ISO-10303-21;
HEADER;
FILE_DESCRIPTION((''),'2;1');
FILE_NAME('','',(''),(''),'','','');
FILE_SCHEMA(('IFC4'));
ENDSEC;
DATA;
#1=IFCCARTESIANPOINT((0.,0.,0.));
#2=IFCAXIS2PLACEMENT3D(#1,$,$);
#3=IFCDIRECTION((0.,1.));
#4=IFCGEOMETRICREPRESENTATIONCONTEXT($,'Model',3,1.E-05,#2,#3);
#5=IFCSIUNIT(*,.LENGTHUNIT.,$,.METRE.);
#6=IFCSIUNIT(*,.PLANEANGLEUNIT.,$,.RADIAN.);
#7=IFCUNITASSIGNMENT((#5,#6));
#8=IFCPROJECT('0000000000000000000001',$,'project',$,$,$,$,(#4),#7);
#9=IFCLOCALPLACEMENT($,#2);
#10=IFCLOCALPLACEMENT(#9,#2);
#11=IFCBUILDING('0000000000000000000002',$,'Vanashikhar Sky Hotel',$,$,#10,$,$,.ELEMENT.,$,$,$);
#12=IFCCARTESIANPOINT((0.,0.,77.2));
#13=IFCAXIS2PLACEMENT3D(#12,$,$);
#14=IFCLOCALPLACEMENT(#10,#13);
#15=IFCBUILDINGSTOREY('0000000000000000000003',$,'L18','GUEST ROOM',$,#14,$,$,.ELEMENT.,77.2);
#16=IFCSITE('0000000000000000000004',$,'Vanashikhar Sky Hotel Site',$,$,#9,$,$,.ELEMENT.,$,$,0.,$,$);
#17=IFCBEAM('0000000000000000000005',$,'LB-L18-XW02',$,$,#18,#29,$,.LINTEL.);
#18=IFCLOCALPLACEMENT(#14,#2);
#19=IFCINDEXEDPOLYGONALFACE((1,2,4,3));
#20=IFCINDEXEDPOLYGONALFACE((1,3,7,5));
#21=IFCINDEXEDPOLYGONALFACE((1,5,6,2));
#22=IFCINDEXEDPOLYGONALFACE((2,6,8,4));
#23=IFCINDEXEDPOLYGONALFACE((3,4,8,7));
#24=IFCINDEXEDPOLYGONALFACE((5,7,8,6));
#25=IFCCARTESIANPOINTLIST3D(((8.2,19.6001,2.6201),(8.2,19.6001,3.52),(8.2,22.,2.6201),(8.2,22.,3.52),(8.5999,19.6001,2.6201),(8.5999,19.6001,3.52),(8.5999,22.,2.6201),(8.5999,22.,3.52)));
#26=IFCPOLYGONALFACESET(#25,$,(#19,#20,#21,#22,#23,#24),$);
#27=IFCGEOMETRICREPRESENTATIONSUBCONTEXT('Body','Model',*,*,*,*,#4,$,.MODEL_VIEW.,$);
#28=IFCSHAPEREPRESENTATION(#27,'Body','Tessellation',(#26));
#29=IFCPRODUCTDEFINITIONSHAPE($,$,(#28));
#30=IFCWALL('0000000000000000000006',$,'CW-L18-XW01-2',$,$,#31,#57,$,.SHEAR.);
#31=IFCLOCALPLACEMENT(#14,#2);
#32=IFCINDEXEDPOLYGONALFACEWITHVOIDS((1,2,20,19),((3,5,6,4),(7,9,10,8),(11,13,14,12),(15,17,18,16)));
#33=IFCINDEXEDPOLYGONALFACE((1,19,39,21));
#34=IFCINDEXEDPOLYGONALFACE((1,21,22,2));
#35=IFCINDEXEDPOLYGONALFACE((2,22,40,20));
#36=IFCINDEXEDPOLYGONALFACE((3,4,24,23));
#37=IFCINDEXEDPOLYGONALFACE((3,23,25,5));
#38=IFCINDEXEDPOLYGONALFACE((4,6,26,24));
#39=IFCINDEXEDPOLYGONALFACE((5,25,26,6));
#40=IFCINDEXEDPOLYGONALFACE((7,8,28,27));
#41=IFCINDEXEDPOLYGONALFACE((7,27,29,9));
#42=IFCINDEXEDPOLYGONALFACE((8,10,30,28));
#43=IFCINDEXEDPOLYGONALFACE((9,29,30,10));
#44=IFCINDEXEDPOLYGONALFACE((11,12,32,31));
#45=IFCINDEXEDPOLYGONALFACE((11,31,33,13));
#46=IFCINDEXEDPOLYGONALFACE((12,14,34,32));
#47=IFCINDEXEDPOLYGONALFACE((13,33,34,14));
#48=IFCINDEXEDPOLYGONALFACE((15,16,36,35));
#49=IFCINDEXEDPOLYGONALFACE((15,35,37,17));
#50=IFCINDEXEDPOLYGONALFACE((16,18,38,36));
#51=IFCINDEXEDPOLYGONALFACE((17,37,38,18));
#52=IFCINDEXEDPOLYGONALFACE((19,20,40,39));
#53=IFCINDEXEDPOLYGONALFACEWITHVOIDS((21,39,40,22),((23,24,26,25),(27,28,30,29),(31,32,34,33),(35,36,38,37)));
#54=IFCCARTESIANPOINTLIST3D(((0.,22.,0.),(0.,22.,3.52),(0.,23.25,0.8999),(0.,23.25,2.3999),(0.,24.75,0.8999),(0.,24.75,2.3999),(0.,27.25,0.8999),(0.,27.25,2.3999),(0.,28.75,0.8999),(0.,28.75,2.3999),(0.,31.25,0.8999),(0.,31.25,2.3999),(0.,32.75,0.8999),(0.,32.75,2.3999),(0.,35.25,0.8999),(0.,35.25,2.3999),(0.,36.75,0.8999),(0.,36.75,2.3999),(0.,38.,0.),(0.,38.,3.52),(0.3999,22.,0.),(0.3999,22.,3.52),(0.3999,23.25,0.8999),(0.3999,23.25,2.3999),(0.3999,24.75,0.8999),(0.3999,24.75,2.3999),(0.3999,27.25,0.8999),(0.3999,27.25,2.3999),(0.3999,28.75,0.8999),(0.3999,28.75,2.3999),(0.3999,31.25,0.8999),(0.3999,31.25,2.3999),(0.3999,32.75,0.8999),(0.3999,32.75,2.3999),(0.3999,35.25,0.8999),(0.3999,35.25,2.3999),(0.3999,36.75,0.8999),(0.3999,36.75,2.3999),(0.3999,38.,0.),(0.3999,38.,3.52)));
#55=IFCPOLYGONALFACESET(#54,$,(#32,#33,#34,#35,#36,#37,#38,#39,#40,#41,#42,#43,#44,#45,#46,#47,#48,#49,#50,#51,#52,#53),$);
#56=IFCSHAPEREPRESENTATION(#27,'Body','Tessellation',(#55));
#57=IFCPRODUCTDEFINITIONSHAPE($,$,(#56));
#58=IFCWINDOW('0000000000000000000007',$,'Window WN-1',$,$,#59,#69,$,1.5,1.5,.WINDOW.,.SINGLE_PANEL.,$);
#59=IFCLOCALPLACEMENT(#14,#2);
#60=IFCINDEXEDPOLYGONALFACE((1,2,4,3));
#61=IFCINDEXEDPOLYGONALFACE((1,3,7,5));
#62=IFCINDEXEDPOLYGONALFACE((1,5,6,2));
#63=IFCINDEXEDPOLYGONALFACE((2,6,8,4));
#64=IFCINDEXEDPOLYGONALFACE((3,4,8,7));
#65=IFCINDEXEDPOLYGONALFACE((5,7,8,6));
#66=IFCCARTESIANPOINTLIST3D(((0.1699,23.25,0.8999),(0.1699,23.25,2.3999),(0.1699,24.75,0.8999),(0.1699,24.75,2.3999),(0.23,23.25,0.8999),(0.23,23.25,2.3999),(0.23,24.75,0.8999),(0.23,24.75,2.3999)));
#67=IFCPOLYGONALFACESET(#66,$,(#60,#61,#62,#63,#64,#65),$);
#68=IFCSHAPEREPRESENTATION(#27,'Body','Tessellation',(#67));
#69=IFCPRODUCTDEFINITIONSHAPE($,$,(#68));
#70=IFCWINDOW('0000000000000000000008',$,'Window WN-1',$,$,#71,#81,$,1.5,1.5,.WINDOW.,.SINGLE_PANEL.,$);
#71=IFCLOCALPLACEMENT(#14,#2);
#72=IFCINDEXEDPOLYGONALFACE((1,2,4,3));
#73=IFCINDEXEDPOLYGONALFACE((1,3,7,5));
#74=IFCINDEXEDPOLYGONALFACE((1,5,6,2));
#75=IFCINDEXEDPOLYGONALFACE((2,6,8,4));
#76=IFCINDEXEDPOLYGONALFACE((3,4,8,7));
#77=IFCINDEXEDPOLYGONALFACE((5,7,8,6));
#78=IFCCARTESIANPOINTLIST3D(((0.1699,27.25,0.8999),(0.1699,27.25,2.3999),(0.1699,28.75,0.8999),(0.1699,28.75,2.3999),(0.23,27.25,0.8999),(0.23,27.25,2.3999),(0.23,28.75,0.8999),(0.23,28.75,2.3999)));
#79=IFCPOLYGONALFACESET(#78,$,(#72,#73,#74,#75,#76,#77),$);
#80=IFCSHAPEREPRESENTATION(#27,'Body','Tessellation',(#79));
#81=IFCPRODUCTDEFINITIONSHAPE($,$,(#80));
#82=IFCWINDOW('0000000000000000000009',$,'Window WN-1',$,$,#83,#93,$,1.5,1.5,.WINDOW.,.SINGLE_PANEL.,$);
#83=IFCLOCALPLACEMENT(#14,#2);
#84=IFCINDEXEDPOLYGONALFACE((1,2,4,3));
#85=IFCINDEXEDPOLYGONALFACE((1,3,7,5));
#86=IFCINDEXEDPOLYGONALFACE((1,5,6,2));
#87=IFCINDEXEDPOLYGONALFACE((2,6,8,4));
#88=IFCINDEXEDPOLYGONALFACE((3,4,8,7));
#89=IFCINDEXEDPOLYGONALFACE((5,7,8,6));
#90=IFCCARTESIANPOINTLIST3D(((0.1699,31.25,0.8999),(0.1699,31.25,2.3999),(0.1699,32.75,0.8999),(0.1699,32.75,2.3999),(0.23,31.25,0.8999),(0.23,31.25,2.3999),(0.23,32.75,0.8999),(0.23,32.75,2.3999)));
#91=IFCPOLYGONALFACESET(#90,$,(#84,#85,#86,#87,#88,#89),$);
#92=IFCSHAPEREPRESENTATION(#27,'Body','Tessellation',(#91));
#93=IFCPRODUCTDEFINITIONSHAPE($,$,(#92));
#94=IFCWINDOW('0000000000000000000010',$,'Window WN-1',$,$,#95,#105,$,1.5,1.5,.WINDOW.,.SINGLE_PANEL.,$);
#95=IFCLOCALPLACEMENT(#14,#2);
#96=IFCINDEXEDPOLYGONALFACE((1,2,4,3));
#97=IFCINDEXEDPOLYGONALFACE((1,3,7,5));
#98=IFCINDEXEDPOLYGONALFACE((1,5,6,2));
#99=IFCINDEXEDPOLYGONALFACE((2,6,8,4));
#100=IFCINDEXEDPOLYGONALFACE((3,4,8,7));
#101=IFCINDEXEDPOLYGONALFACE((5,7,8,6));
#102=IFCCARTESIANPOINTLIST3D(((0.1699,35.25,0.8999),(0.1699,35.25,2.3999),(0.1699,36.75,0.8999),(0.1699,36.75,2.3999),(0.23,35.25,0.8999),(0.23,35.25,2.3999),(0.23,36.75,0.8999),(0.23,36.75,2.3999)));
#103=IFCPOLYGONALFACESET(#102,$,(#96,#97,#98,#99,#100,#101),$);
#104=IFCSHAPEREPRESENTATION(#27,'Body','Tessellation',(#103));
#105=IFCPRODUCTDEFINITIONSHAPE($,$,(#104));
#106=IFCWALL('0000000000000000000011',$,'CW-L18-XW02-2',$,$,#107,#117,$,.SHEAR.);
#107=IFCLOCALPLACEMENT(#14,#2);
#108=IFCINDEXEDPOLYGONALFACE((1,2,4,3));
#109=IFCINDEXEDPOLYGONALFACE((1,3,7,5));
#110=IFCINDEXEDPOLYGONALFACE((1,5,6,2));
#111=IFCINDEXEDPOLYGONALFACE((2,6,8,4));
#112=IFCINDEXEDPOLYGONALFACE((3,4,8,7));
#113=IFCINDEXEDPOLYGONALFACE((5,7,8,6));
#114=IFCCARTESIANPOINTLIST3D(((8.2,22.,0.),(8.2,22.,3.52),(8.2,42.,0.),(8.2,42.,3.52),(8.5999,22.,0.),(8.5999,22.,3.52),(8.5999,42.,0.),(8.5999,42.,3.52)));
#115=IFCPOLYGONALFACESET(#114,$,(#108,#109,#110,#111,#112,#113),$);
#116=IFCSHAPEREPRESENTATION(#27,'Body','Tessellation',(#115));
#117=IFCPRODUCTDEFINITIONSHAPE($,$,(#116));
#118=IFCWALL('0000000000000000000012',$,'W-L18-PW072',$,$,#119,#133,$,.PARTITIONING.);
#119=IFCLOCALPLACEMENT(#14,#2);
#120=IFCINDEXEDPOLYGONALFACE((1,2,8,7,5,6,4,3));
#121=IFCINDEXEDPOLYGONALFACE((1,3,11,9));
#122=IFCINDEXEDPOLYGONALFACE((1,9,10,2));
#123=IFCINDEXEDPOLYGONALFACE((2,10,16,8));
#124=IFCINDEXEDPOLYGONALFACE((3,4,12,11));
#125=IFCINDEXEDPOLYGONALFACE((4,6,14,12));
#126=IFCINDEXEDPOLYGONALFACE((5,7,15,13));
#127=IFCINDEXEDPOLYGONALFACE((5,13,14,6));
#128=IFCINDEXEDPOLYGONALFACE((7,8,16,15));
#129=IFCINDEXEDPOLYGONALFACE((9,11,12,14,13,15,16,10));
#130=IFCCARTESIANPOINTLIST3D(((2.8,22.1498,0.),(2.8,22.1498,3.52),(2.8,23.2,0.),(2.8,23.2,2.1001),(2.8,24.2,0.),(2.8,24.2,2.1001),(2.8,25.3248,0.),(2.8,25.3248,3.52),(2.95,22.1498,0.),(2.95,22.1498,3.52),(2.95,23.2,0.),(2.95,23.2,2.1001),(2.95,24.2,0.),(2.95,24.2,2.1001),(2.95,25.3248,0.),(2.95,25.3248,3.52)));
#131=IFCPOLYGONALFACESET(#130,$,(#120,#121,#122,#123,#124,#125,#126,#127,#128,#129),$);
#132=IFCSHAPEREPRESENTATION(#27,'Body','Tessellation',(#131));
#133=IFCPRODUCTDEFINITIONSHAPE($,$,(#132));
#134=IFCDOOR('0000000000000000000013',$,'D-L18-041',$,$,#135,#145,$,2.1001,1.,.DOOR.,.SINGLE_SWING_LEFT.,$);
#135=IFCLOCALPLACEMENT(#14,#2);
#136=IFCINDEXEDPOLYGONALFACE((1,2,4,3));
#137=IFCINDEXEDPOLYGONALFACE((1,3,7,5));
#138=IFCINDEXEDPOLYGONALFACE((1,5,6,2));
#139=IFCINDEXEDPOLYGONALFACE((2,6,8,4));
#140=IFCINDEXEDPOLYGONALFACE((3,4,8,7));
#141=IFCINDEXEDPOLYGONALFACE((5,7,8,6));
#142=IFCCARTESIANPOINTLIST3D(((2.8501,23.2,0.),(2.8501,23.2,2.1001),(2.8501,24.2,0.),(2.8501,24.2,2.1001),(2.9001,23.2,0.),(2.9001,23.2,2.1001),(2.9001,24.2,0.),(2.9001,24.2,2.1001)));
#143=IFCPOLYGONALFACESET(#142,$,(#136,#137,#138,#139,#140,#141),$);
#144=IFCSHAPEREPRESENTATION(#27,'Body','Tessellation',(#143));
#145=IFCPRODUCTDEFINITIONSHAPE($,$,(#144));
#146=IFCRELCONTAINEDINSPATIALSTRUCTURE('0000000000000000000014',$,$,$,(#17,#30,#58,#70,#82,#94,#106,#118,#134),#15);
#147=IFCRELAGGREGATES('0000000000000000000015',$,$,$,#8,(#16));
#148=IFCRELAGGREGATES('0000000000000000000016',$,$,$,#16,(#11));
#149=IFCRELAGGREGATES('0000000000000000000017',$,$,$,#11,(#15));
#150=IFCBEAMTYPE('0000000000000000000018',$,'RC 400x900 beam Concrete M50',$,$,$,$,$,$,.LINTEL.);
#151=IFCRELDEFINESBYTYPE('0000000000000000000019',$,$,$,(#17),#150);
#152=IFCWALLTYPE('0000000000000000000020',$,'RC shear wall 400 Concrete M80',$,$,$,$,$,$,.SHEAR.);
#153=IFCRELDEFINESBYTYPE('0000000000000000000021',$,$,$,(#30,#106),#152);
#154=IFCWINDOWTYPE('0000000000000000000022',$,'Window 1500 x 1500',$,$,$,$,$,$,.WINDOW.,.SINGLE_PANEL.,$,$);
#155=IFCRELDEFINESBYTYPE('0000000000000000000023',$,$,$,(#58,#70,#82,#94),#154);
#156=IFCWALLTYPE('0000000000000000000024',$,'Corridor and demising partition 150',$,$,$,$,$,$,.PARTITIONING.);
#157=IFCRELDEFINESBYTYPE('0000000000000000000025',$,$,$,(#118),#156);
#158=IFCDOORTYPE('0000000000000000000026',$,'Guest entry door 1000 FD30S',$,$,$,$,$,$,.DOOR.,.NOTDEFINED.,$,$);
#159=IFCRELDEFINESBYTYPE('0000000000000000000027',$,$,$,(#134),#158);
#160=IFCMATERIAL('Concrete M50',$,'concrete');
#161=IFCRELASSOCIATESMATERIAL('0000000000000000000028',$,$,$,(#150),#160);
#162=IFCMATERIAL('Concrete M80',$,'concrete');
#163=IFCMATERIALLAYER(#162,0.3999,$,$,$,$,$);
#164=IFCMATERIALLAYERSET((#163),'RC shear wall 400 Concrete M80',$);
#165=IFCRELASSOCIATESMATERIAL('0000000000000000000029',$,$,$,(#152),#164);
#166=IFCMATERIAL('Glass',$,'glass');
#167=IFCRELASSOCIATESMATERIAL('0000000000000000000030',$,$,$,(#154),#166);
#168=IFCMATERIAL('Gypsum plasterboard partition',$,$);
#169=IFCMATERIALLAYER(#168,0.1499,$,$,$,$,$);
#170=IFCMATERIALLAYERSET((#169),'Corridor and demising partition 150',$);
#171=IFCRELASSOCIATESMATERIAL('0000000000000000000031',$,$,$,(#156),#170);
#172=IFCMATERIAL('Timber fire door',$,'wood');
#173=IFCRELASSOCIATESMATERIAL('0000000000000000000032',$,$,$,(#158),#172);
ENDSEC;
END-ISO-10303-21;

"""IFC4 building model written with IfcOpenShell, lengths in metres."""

from ifc_helpers import new_model, si_unit, direction, frame, frame_2d, origin, origin_2d, place, context, subcontext, project, spatial, rectangle, extrude, source, transform, mapped, material, layer, layer_set, material_profile, profile_set, type_object, element, fill, save


model = new_model("IFC4")

# Units and contexts
model_context = context("Model", 3, precision=1e-05, world=origin(), true_north=direction((0.0, 1.0)))
body_context = subcontext(model_context, "Body", "Model", "MODEL_VIEW")
ifc_project = project(units=[si_unit("LENGTHUNIT", "METRE"), si_unit("PLANEANGLEUNIT", "RADIAN")], contexts=[model_context])

# Site, building, storey
site_placement = place(None, origin())
site = spatial("IfcSite", under=ifc_project, at=site_placement, Name="Vanashikhar Sky Hotel Site", CompositionType="ELEMENT", RefElevation=0.0)
building_placement = place(site_placement, origin())
building = spatial("IfcBuilding", under=site, at=building_placement, Name="Vanashikhar Sky Hotel", CompositionType="ELEMENT")
storey_placement = place(building_placement, frame((0.0, 0.0, 77.2)))
storey = spatial("IfcBuildingStorey", under=building, at=storey_placement, Name="L18", Description="GUEST ROOM", CompositionType="ELEMENT", Elevation=77.2)

# Beam
ifc_material_1 = material(Name="Concrete M50", Category="concrete")
ifc_material_profile = material_profile(ifc_material_1, rectangle(XDim=0.3999, YDim=0.8999, at=origin_2d()))
ifc_profile_set = profile_set([ifc_material_profile], Name="RC 400x900 beam Concrete M50")
beam_type = type_object("IfcBeamType", Name="RC 400x900 beam Concrete M50", PredefinedType="LINTEL", material=ifc_profile_set)
shared_shape_1 = source(origin(), body_context, "Body", "SweptSolid", [
    extrude(rectangle(XDim=0.3999, YDim=0.8999, at=origin_2d()), origin(), (0.0, 0.0, 1.0), 2.3999),
])
beam_placement = place(storey_placement, frame((8.3999, 19.6001, 3.0701), z_axis=(0.0, 1.0, 0.0), x_axis=(-1.0, 0.0, 0.0)))
element("IfcBeam", 1, at=beam_placement, inside=storey, type_object=beam_type, Name="LB-L18-XW02", PredefinedType="LINTEL", context=body_context, shape_type="MappedRepresentation", body=[
    mapped(shared_shape_1, transform((0.0, 0.0, 0.0), scale=1.0)),
])

# Wall, openings, windows
ifc_material_2 = material(Name="Concrete M80", Category="concrete")
ifc_layer_1 = layer(ifc_material_2, 0.3999)
ifc_layer_set_1 = layer_set([ifc_layer_1], Name="RC shear wall 400 Concrete M80")
wall_type_1 = type_object("IfcWallType", Name="RC shear wall 400 Concrete M80", PredefinedType="SHEAR", material=ifc_layer_set_1)
shared_shape_2 = source(origin(), body_context, "Body", "SweptSolid", [
    extrude(rectangle(XDim=16.0, YDim=0.3999, at=frame_2d((8.0, 0.0))), origin(), (0.0, 0.0, 1.0), 3.52),
])
wall_1_placement = place(storey_placement, frame((0.2, 22.0, 0.0), z_axis=(0.0, 0.0, 1.0), x_axis=(0.0, 1.0, 0.0)))
wall_1 = element("IfcWall", 2, at=wall_1_placement, inside=storey, type_object=wall_type_1, Name="CW-L18-XW01-2", PredefinedType="SHEAR", context=body_context, shape_type="MappedRepresentation", body=[
    mapped(shared_shape_2, transform((0.0, 0.0, 0.0), scale=1.0)),
])
shared_shape_3 = source(origin(), body_context, "Body", "SweptSolid", [
    extrude(rectangle(XDim=1.5, YDim=1.5, at=frame_2d((0.75, 0.75))), frame((0.0, 0.21, 0.0), z_axis=(0.0, -1.0, 0.0), x_axis=(1.0, 0.0, 0.0)), (0.0, 0.0, 1.0), 0.4199),
])
opening_1_placement = place(wall_1_placement, frame((1.25, 0.0, 0.8999)))
opening_1 = element("IfcOpeningElement", 3, at=opening_1_placement, cuts=wall_1, PredefinedType="OPENING", context=body_context, shape_type="MappedRepresentation", body=[
    mapped(shared_shape_3, transform((0.0, 0.0, 0.0), scale=1.0)),
])
opening_2_placement = place(wall_1_placement, frame((5.25, 0.0, 0.8999)))
opening_2 = element("IfcOpeningElement", 4, at=opening_2_placement, cuts=wall_1, PredefinedType="OPENING", context=body_context, shape_type="MappedRepresentation", body=[
    mapped(shared_shape_3, transform((0.0, 0.0, 0.0), scale=1.0)),
])
opening_3_placement = place(wall_1_placement, frame((9.25, 0.0, 0.8999)))
opening_3 = element("IfcOpeningElement", 5, at=opening_3_placement, cuts=wall_1, PredefinedType="OPENING", context=body_context, shape_type="MappedRepresentation", body=[
    mapped(shared_shape_3, transform((0.0, 0.0, 0.0), scale=1.0)),
])
opening_4_placement = place(wall_1_placement, frame((13.25, 0.0, 0.8999)))
opening_4 = element("IfcOpeningElement", 6, at=opening_4_placement, cuts=wall_1, PredefinedType="OPENING", context=body_context, shape_type="MappedRepresentation", body=[
    mapped(shared_shape_3, transform((0.0, 0.0, 0.0), scale=1.0)),
])
ifc_material_3 = material(Name="Glass", Category="glass")
window_type = type_object("IfcWindowType", Name="Window 1500 x 1500", PartitioningType="SINGLE_PANEL", PredefinedType="WINDOW", material=ifc_material_3)
shared_shape_4 = source(origin(), body_context, "Body", "SweptSolid", [
    extrude(rectangle(XDim=1.5, YDim=1.5, at=frame_2d((0.75, 0.75))), frame((0.0, 0.03, 0.0), z_axis=(0.0, -1.0, 0.0), x_axis=(1.0, 0.0, 0.0)), (0.0, 0.0, 1.0), 0.0601),
])
window_1_placement = place(opening_1_placement, origin())
window_1 = element("IfcWindow", 7, at=window_1_placement, inside=storey, type_object=window_type, Name="Window WN-1", OverallHeight=1.5, OverallWidth=1.5, PartitioningType="SINGLE_PANEL", PredefinedType="WINDOW", context=body_context, shape_type="MappedRepresentation", body=[
    mapped(shared_shape_4, transform((0.0, 0.0, 0.0), scale=1.0)),
])
fill(opening_1, window_1)
window_2_placement = place(opening_2_placement, origin())
window_2 = element("IfcWindow", 8, at=window_2_placement, inside=storey, type_object=window_type, Name="Window WN-1", OverallHeight=1.5, OverallWidth=1.5, PartitioningType="SINGLE_PANEL", PredefinedType="WINDOW", context=body_context, shape_type="MappedRepresentation", body=[
    mapped(shared_shape_4, transform((0.0, 0.0, 0.0), scale=1.0)),
])
fill(opening_2, window_2)
window_3_placement = place(opening_3_placement, origin())
window_3 = element("IfcWindow", 9, at=window_3_placement, inside=storey, type_object=window_type, Name="Window WN-1", OverallHeight=1.5, OverallWidth=1.5, PartitioningType="SINGLE_PANEL", PredefinedType="WINDOW", context=body_context, shape_type="MappedRepresentation", body=[
    mapped(shared_shape_4, transform((0.0, 0.0, 0.0), scale=1.0)),
])
fill(opening_3, window_3)
window_4_placement = place(opening_4_placement, origin())
window_4 = element("IfcWindow", 10, at=window_4_placement, inside=storey, type_object=window_type, Name="Window WN-1", OverallHeight=1.5, OverallWidth=1.5, PartitioningType="SINGLE_PANEL", PredefinedType="WINDOW", context=body_context, shape_type="MappedRepresentation", body=[
    mapped(shared_shape_4, transform((0.0, 0.0, 0.0), scale=1.0)),
])
fill(opening_4, window_4)

# Wall
shared_shape_5 = source(origin(), body_context, "Body", "SweptSolid", [
    extrude(rectangle(XDim=20.0, YDim=0.3999, at=frame_2d((10.0, 0.0))), origin(), (0.0, 0.0, 1.0), 3.52),
])
wall_2_placement = place(storey_placement, frame((8.3999, 22.0, 0.0), z_axis=(0.0, 0.0, 1.0), x_axis=(0.0, 1.0, 0.0)))
element("IfcWall", 11, at=wall_2_placement, inside=storey, type_object=wall_type_1, Name="CW-L18-XW02-2", PredefinedType="SHEAR", context=body_context, shape_type="MappedRepresentation", body=[
    mapped(shared_shape_5, transform((0.0, 0.0, 0.0), scale=1.0)),
])

# Wall, opening, door
ifc_material_4 = material(Name="Gypsum plasterboard partition")
ifc_layer_2 = layer(ifc_material_4, 0.1499)
ifc_layer_set_2 = layer_set([ifc_layer_2], Name="Corridor and demising partition 150")
wall_type_2 = type_object("IfcWallType", Name="Corridor and demising partition 150", PredefinedType="PARTITIONING", material=ifc_layer_set_2)
shared_shape_6 = source(origin(), body_context, "Body", "SweptSolid", [
    extrude(rectangle(XDim=3.175, YDim=0.1499, at=frame_2d((1.5874, 0.0))), origin(), (0.0, 0.0, 1.0), 3.52),
])
wall_3_placement = place(storey_placement, frame((2.875, 22.1499, 0.0), z_axis=(0.0, 0.0, 1.0), x_axis=(0.0, 1.0, 0.0)))
wall_3 = element("IfcWall", 12, at=wall_3_placement, inside=storey, type_object=wall_type_2, Name="W-L18-PW072", PredefinedType="PARTITIONING", context=body_context, shape_type="MappedRepresentation", body=[
    mapped(shared_shape_6, transform((0.0, 0.0, 0.0), scale=1.0)),
])
shared_shape_7 = source(origin(), body_context, "Body", "SweptSolid", [
    extrude(rectangle(XDim=1.0, YDim=2.1001, at=frame_2d((0.5, 1.05))), frame((0.0, 0.085, 0.0), z_axis=(0.0, -1.0, 0.0), x_axis=(1.0, 0.0, 0.0)), (0.0, 0.0, 1.0), 0.1699),
])
opening_5_placement = place(wall_3_placement, frame((1.05, 0.0, 0.0)))
opening_5 = element("IfcOpeningElement", 13, at=opening_5_placement, cuts=wall_3, PredefinedType="OPENING", context=body_context, shape_type="MappedRepresentation", body=[
    mapped(shared_shape_7, transform((0.0, 0.0, 0.0), scale=1.0)),
])
ifc_material_5 = material(Name="Timber fire door", Category="wood")
door_type_1 = type_object("IfcDoorType", Name="Guest entry door 1000 FD30S", OperationType="NOTDEFINED", PredefinedType="DOOR", material=ifc_material_5)
shared_shape_8 = source(origin(), body_context, "Body", "SweptSolid", [
    extrude(rectangle(XDim=1.0, YDim=2.1001, at=frame_2d((0.5, 1.05))), frame((0.0, 0.0249, 0.0), z_axis=(0.0, -1.0, 0.0), x_axis=(1.0, 0.0, 0.0)), (0.0, 0.0, 1.0), 0.05),
])
door_1_placement = place(opening_5_placement, origin())
door_1 = element("IfcDoor", 14, at=door_1_placement, inside=storey, type_object=door_type_1, Name="D-L18-041", OperationType="SINGLE_SWING_LEFT", OverallHeight=2.1001, OverallWidth=1.0, PredefinedType="DOOR", context=body_context, shape_type="MappedRepresentation", body=[
    mapped(shared_shape_8, transform((0.0, 0.0, 0.0), scale=1.0)),
])
fill(opening_5, door_1)

save(model, "model.ifc")
